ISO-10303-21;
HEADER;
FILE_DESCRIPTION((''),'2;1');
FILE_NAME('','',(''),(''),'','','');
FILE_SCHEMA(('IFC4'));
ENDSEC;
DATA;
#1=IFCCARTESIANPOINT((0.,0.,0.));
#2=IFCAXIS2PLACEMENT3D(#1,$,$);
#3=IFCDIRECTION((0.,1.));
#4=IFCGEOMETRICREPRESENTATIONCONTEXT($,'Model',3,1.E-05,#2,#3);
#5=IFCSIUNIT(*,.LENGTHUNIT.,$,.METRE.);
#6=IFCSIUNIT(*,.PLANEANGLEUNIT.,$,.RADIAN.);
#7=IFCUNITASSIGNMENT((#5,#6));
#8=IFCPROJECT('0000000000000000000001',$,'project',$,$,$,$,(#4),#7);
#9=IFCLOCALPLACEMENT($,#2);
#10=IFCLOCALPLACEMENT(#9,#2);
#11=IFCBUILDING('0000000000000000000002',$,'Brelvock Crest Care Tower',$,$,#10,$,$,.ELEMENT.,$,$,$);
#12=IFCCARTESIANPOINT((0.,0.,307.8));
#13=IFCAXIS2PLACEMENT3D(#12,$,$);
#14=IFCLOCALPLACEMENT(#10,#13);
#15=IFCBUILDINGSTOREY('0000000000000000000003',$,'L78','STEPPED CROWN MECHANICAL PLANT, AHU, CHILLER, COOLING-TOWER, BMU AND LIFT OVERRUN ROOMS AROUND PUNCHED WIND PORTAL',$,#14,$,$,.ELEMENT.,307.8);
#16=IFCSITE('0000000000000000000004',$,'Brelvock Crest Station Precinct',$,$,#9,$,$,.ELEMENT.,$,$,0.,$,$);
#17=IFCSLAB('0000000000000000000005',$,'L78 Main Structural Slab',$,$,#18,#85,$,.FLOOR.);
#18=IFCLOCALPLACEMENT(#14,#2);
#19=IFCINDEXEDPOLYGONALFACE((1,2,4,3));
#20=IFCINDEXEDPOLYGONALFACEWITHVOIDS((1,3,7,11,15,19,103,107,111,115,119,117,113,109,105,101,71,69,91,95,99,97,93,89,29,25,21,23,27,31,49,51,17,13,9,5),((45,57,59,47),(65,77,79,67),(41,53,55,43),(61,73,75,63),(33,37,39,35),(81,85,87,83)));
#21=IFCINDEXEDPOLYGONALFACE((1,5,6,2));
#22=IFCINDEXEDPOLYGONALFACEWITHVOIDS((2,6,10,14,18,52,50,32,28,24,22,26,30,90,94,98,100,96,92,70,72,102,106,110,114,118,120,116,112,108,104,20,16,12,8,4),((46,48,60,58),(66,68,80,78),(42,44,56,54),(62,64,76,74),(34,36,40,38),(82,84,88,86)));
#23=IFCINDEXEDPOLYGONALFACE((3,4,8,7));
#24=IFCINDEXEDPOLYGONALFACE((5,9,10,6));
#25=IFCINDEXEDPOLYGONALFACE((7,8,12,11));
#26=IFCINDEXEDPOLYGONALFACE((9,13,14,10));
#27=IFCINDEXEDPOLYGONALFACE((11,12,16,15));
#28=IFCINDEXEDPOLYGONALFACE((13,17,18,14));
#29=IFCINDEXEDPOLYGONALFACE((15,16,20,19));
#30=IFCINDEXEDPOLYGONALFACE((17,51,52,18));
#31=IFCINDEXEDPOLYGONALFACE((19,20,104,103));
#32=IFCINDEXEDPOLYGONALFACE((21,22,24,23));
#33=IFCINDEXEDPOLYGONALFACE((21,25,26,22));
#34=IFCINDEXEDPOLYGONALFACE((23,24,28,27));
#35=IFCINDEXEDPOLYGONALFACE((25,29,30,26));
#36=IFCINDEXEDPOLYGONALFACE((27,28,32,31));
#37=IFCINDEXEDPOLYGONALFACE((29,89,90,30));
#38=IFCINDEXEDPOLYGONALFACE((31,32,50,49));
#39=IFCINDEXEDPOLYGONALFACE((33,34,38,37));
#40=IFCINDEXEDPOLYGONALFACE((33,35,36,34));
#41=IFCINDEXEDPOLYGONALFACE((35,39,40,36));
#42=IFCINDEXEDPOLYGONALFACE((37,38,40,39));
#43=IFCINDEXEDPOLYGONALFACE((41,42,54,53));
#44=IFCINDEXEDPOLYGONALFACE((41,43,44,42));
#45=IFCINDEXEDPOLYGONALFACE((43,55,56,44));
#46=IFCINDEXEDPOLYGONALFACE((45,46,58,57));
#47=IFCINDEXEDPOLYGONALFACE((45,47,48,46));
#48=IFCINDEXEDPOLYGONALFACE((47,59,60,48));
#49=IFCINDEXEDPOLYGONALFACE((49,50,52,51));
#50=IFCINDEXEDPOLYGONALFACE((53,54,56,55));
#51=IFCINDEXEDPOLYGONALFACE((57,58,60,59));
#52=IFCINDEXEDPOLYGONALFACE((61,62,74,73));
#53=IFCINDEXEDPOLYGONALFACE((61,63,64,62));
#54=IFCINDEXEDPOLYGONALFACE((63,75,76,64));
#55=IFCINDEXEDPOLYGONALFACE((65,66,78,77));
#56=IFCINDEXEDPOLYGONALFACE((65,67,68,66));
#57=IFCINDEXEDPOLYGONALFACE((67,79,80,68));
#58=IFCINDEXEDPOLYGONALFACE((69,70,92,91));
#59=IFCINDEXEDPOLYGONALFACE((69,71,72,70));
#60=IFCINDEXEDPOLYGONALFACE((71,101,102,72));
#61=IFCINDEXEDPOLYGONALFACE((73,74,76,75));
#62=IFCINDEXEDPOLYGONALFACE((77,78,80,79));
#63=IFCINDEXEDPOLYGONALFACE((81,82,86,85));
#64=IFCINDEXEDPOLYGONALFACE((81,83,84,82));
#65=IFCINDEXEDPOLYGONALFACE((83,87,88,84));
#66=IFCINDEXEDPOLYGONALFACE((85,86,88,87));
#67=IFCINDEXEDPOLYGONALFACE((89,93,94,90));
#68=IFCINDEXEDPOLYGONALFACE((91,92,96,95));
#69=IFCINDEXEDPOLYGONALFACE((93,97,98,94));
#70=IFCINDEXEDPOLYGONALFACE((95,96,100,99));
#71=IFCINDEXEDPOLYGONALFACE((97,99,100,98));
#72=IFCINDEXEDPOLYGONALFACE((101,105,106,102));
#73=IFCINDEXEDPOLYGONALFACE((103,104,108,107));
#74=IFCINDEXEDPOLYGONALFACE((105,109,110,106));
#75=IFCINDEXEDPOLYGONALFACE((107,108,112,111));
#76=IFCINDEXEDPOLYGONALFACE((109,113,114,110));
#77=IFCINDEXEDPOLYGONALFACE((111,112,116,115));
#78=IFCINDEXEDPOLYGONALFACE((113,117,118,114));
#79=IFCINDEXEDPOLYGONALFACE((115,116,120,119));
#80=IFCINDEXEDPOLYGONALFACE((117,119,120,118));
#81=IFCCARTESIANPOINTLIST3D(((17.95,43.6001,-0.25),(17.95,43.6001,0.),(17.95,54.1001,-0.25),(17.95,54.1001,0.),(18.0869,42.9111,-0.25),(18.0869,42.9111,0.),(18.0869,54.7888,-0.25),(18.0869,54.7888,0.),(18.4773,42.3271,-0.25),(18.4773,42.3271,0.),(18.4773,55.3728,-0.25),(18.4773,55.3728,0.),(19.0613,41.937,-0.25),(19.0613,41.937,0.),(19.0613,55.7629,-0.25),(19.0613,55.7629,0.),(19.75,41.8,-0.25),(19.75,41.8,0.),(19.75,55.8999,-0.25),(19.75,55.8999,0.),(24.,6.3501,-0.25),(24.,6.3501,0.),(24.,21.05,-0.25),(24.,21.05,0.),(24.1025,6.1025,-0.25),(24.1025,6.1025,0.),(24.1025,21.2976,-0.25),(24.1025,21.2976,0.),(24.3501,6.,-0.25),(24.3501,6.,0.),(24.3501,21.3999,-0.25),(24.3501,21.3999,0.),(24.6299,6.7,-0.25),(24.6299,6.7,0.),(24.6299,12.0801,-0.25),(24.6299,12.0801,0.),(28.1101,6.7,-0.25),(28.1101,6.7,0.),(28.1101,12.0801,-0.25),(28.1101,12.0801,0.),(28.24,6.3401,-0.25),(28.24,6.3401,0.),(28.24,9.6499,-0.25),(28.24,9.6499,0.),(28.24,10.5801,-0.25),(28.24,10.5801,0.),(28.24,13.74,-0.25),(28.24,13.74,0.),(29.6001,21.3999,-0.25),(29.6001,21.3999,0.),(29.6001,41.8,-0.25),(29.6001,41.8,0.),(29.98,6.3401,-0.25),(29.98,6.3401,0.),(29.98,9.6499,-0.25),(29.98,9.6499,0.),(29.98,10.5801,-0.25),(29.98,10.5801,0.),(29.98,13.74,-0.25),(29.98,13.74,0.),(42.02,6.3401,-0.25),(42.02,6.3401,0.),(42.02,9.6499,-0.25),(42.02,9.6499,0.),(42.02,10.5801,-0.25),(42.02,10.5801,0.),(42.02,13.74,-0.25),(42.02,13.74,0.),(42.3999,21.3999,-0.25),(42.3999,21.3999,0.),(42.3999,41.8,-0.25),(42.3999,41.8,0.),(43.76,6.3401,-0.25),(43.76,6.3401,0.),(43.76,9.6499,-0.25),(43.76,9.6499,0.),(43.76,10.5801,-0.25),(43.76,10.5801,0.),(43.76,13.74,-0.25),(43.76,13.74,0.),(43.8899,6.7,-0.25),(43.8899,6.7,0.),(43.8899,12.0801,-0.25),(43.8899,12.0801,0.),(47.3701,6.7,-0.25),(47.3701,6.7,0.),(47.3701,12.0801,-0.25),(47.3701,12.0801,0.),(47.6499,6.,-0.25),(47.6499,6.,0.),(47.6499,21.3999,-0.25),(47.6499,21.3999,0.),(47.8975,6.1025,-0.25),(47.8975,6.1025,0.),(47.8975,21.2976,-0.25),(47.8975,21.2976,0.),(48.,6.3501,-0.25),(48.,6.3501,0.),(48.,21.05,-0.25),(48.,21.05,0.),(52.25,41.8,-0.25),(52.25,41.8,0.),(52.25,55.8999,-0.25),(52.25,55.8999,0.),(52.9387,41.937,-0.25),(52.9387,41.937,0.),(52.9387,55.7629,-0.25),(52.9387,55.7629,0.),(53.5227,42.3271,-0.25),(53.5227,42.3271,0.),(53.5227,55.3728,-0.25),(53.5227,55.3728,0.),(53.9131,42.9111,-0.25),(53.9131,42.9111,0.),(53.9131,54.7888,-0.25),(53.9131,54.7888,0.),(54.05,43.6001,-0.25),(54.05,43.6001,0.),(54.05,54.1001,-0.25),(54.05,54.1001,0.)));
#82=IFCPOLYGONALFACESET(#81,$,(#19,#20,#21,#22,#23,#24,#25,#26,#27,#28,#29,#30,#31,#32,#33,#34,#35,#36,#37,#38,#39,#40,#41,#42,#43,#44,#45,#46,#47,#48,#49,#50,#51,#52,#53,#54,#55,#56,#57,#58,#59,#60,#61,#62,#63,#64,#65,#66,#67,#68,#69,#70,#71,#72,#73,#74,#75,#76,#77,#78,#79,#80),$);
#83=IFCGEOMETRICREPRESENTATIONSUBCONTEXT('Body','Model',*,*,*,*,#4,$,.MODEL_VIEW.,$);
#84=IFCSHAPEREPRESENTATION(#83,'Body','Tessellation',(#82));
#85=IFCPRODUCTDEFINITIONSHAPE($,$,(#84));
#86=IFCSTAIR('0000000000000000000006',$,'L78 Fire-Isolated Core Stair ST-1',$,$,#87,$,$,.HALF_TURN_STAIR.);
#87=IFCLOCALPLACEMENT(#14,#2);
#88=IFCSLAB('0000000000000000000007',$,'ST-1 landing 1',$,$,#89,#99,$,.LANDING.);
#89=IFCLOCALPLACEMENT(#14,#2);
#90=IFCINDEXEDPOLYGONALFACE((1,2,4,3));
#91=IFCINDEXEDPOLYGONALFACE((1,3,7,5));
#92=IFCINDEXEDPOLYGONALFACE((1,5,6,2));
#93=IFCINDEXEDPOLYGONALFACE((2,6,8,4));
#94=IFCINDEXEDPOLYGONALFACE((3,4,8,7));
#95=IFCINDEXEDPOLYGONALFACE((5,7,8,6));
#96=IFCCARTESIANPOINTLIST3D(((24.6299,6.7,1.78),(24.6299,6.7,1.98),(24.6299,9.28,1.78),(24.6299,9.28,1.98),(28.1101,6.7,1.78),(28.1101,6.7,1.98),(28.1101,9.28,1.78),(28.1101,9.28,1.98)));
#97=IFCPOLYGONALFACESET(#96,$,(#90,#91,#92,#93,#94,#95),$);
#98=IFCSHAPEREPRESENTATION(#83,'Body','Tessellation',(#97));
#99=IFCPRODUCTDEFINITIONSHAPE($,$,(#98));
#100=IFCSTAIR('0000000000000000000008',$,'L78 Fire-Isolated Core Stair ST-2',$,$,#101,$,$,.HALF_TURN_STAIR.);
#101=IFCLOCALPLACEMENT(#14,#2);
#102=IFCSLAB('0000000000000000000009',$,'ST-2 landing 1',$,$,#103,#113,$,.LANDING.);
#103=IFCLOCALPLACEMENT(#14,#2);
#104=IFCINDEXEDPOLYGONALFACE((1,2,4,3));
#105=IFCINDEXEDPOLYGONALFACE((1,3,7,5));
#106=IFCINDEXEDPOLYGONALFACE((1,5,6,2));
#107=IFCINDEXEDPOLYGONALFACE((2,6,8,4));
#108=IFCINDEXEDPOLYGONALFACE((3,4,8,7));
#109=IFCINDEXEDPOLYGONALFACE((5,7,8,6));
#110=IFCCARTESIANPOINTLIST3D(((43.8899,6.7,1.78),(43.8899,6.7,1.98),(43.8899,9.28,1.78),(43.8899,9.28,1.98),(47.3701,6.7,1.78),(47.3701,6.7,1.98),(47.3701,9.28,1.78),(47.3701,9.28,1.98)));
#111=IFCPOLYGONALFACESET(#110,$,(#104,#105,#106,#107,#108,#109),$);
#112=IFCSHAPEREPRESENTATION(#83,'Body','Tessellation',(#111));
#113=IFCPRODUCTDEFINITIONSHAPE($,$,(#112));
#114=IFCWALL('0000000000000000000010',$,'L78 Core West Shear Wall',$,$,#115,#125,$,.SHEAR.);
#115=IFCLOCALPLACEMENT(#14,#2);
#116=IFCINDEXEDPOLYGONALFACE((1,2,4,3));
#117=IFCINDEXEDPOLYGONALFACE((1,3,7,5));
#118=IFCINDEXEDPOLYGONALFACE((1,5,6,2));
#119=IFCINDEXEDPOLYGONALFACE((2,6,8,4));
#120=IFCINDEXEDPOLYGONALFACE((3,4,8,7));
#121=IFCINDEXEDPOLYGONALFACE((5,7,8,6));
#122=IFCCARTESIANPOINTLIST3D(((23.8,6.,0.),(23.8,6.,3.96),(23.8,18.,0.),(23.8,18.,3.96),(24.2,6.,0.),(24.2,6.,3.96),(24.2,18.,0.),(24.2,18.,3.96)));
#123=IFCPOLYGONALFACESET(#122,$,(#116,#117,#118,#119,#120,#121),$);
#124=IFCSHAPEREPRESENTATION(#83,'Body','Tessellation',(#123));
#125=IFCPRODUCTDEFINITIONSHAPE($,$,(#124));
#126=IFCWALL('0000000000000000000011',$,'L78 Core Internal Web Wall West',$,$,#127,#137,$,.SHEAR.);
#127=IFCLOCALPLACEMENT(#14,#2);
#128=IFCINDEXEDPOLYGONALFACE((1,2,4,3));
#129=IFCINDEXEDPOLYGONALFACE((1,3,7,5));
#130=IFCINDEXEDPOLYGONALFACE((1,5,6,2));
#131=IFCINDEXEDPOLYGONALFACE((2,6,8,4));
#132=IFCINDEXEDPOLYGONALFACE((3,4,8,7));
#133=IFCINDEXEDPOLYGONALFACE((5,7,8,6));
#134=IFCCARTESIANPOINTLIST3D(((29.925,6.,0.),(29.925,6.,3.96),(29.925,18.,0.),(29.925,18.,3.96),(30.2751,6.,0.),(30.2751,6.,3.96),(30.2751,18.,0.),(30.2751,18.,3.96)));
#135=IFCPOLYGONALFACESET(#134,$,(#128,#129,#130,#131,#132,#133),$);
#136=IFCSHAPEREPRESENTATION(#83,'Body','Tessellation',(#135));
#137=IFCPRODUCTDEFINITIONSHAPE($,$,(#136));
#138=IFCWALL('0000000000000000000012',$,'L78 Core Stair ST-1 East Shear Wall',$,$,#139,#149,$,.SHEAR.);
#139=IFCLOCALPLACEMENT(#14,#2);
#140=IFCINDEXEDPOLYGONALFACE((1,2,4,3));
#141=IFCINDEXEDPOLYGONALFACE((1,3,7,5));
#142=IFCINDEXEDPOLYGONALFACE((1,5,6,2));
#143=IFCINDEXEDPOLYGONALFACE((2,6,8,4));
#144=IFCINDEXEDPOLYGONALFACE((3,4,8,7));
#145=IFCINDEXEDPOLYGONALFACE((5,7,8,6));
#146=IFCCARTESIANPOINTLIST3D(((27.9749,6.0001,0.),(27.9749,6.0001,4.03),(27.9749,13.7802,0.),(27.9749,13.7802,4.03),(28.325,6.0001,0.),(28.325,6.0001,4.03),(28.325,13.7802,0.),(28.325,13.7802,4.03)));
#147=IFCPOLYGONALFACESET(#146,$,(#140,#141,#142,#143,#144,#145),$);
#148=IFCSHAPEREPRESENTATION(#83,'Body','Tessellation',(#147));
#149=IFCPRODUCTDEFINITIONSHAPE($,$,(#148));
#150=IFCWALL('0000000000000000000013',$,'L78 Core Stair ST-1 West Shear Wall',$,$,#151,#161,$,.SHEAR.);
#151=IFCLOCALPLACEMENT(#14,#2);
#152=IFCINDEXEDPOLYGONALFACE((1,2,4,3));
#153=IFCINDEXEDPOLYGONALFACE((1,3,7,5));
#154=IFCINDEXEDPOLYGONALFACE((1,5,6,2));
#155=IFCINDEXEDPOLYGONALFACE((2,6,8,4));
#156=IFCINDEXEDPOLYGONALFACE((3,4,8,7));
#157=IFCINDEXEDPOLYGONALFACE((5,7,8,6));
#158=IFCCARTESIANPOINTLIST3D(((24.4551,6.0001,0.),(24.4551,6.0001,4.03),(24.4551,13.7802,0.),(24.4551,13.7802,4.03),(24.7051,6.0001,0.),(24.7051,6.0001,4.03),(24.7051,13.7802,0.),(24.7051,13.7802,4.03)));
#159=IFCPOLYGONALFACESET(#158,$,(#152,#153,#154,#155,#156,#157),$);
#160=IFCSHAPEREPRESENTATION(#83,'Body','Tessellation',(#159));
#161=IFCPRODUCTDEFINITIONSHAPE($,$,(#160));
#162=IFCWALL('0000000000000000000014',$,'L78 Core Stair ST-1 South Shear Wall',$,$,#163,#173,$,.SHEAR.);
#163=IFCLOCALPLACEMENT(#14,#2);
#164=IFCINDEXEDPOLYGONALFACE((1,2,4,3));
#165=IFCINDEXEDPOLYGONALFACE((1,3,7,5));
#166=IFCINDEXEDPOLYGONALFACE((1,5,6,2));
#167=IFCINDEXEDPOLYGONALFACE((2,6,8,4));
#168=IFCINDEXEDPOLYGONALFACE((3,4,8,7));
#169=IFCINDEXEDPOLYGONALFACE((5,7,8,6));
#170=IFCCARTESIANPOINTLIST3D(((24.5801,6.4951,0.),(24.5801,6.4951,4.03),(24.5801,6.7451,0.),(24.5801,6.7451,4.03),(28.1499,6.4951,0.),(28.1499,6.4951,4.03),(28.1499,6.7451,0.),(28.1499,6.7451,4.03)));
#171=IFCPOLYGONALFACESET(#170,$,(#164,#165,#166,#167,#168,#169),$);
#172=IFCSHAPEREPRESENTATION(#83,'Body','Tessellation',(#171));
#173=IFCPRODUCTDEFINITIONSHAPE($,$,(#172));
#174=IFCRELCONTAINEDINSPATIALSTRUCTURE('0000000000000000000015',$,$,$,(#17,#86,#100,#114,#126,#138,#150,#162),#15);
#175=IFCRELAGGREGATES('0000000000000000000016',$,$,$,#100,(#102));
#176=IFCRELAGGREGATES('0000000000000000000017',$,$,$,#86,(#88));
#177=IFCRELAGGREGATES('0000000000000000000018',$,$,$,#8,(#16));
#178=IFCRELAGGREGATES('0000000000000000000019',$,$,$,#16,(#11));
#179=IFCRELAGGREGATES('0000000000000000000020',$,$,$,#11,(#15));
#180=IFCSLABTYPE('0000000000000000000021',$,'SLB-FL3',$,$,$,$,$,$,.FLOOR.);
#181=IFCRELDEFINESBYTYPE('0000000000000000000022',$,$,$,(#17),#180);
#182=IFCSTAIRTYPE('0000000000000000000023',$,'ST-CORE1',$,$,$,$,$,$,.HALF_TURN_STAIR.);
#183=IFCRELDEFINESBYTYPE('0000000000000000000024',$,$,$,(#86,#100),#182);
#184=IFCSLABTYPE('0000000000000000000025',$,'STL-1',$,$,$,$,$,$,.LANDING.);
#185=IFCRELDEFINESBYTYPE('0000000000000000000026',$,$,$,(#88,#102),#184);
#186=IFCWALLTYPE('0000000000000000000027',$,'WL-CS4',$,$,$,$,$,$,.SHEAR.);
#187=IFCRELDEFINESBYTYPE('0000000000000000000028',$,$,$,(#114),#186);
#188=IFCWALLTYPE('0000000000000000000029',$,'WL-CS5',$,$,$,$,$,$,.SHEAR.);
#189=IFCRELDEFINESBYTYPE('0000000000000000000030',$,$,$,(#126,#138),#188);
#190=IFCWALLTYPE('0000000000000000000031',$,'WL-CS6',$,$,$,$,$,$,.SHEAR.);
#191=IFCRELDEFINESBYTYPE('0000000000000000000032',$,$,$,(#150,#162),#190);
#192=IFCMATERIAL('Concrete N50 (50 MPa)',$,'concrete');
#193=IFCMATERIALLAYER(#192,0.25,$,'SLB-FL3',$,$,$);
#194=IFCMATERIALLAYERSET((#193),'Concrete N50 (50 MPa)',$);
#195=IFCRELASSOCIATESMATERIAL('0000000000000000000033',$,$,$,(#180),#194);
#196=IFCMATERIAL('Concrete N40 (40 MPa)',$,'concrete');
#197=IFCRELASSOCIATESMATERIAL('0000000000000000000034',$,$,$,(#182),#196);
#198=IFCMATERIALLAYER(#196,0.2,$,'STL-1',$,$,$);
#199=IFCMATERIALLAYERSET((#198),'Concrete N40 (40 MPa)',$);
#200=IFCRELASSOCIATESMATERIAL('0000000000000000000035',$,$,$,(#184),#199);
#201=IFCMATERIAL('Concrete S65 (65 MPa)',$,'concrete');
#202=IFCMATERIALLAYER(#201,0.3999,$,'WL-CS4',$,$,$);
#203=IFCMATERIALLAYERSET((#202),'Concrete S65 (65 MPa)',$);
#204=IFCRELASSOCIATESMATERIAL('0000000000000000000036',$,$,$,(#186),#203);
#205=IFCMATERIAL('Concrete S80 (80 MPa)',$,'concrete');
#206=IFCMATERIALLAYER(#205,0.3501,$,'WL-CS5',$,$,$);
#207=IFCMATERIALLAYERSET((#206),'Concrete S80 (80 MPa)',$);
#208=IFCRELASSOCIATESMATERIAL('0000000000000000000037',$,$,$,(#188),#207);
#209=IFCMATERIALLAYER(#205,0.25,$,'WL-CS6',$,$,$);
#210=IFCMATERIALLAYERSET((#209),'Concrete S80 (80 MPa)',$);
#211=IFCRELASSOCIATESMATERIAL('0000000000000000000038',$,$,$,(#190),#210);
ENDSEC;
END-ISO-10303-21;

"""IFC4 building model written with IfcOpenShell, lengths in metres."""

from ifc_helpers import new_model, si_unit, direction, frame, frame_2d, origin, place, context, subcontext, project, spatial, polyline, rectangle, outline, extrude, material, layer, layer_set, type_object, element, aggregate, save


model = new_model("IFC4")

# Units and contexts
model_context = context("Model", 3, precision=1e-05, world=origin(), true_north=direction((0.0, 1.0)))
body_context = subcontext(model_context, "Body", "Model", "MODEL_VIEW")
ifc_project = project(units=[si_unit("LENGTHUNIT", "METRE"), si_unit("PLANEANGLEUNIT", "RADIAN")], contexts=[model_context])

# Site, building, storey
site_placement = place(None, origin())
site = spatial("IfcSite", under=ifc_project, at=site_placement, Name="Brelvock Crest Station Precinct", CompositionType="ELEMENT", RefElevation=0.0)
building_placement = place(site_placement, origin())
building = spatial("IfcBuilding", under=site, at=building_placement, Name="Brelvock Crest Care Tower", CompositionType="ELEMENT")
storey_placement = place(building_placement, frame((0.0, 0.0, 307.8)))
storey = spatial("IfcBuildingStorey", under=building, at=storey_placement, Name="L78", Description="STEPPED CROWN MECHANICAL PLANT, AHU, CHILLER, COOLING-TOWER, BMU AND LIFT OVERRUN ROOMS AROUND PUNCHED WIND PORTAL", CompositionType="ELEMENT", Elevation=307.8)

# Shared definitions
ifc_material_1 = material(Name="Concrete S65 (65 MPa)", Category="concrete")

# Slab
ifc_material_2 = material(Name="Concrete N50 (50 MPa)", Category="concrete")
ifc_layer_1 = layer(ifc_material_2, 0.25, Name="SLB-FL3")
ifc_layer_set_1 = layer_set([ifc_layer_1], Name="Concrete N50 (50 MPa)")
slab_type_1 = type_object("IfcSlabType", Name="SLB-FL3", PredefinedType="FLOOR", material=ifc_layer_set_1)
slab_1_placement = place(storey_placement, frame((0.0, 0.0, -0.25)))
element("IfcSlab", 1, at=slab_1_placement, inside=storey, type_object=slab_type_1, Name="L78 Main Structural Slab", PredefinedType="FLOOR", context=body_context, shape_type="SweptSolid", body=[
    extrude(outline(polyline([(42.3999, 21.3999), (42.3999, 41.8), (52.25, 41.8), (52.9387, 41.937), (53.5227, 42.3271), (53.9131, 42.9111), (54.05, 43.6001), (54.05, 54.1001), (53.9131, 54.7888), (53.5227, 55.3728), (52.9387, 55.7629), (52.25, 55.8999), (19.75, 55.8999), (19.0613, 55.7629), (18.4773, 55.3728), (18.0869, 54.7888), (17.95, 54.1001), (17.95, 43.6001), (18.0869, 42.9111), (18.4773, 42.3271), (19.0613, 41.937), (19.75, 41.8), (29.6001, 41.8), (29.6001, 21.3999), (24.3501, 21.3999), (24.1025, 21.2976), (24.0, 21.05), (24.0, 6.3501), (24.1025, 6.1025), (24.3501, 6.0), (47.6499, 6.0), (47.8975, 6.1025), (48.0, 6.3501), (48.0, 21.05), (47.8975, 21.2976), (47.6499, 21.3999), (42.3999, 21.3999)]), holes=[polyline([(28.24, 10.5801), (29.98, 10.5801), (29.98, 13.74), (28.24, 13.74), (28.24, 10.5801)]), polyline([(42.02, 10.5801), (43.76, 10.5801), (43.76, 13.74), (42.02, 13.74), (42.02, 10.5801)]), polyline([(28.24, 6.3401), (29.98, 6.3401), (29.98, 9.6499), (28.24, 9.6499), (28.24, 6.3401)]), polyline([(24.6299, 12.0801), (24.6299, 6.7), (28.1101, 6.7), (28.1101, 12.0801), (24.6299, 12.0801)]), polyline([(43.8899, 12.0801), (43.8899, 6.7), (47.3701, 6.7), (47.3701, 12.0801), (43.8899, 12.0801)]), polyline([(42.02, 6.3401), (43.76, 6.3401), (43.76, 9.6499), (42.02, 9.6499), (42.02, 6.3401)])]), origin(), (0.0, 0.0, 1.0), 0.25),
])

# Stairs, slabs
ifc_material_3 = material(Name="Concrete N40 (40 MPa)", Category="concrete")
stair_type = type_object("IfcStairType", Name="ST-CORE1", PredefinedType="HALF_TURN_STAIR", material=ifc_material_3)
stair_1_placement = place(storey_placement, origin())
stair_1 = element("IfcStair", 2, at=stair_1_placement, inside=storey, type_object=stair_type, Name="L78 Fire-Isolated Core Stair ST-1", PredefinedType="HALF_TURN_STAIR")
ifc_layer_2 = layer(ifc_material_3, 0.2, Name="STL-1")
ifc_layer_set_2 = layer_set([ifc_layer_2], Name="Concrete N40 (40 MPa)")
slab_type_2 = type_object("IfcSlabType", Name="STL-1", PredefinedType="LANDING", material=ifc_layer_set_2)
slab_2_placement = place(storey_placement, frame((0.0, 0.0, 1.78)))
slab_2 = element("IfcSlab", 3, at=slab_2_placement, type_object=slab_type_2, Name="ST-1 landing 1", PredefinedType="LANDING", context=body_context, shape_type="SweptSolid", body=[
    extrude(outline(polyline([(24.6299, 9.28), (24.6299, 6.7), (28.1101, 6.7), (28.1101, 9.28), (24.6299, 9.28)])), origin(), (0.0, 0.0, 1.0), 0.2),
])
stair_2_placement = place(storey_placement, origin())
stair_2 = element("IfcStair", 4, at=stair_2_placement, inside=storey, type_object=stair_type, Name="L78 Fire-Isolated Core Stair ST-2", PredefinedType="HALF_TURN_STAIR")
slab_3_placement = place(storey_placement, frame((0.0, 0.0, 1.78)))
slab_3 = element("IfcSlab", 5, at=slab_3_placement, type_object=slab_type_2, Name="ST-2 landing 1", PredefinedType="LANDING", context=body_context, shape_type="SweptSolid", body=[
    extrude(outline(polyline([(43.8899, 9.28), (43.8899, 6.7), (47.3701, 6.7), (47.3701, 9.28), (43.8899, 9.28)])), origin(), (0.0, 0.0, 1.0), 0.2),
])
aggregate(stair_2, [slab_3])

# Walls
ifc_layer_3 = layer(ifc_material_1, 0.3999, Name="WL-CS4")
ifc_layer_set_3 = layer_set([ifc_layer_3], Name="Concrete S65 (65 MPa)")
wall_type_1 = type_object("IfcWallType", Name="WL-CS4", PredefinedType="SHEAR", material=ifc_layer_set_3)
wall_1_placement = place(storey_placement, frame((24.0, 6.0, 0.0), z_axis=(0.0, 0.0, 1.0), x_axis=(0.0, 1.0, 0.0)))
element("IfcWall", 6, at=wall_1_placement, inside=storey, type_object=wall_type_1, Name="L78 Core West Shear Wall", PredefinedType="SHEAR", context=body_context, shape_type="SweptSolid", body=[
    extrude(rectangle(XDim=12.0, YDim=0.3999, at=frame_2d((6.0, 0.0))), origin(), (0.0, 0.0, 1.0), 3.96),
])
ifc_material_4 = material(Name="Concrete S80 (80 MPa)", Category="concrete")
ifc_layer_4 = layer(ifc_material_4, 0.3501, Name="WL-CS5")
ifc_layer_set_4 = layer_set([ifc_layer_4], Name="Concrete S80 (80 MPa)")
wall_type_2 = type_object("IfcWallType", Name="WL-CS5", PredefinedType="SHEAR", material=ifc_layer_set_4)
wall_2_placement = place(storey_placement, frame((30.1001, 6.0, 0.0), z_axis=(0.0, 0.0, 1.0), x_axis=(0.0, 1.0, 0.0)))
element("IfcWall", 7, at=wall_2_placement, inside=storey, type_object=wall_type_2, Name="L78 Core Internal Web Wall West", PredefinedType="SHEAR", context=body_context, shape_type="SweptSolid", body=[
    extrude(rectangle(XDim=12.0, YDim=0.3501, at=frame_2d((6.0, 0.0))), origin(), (0.0, 0.0, 1.0), 3.96),
])
wall_3_placement = place(storey_placement, frame((28.1499, 6.0, 0.0), z_axis=(0.0, 0.0, 1.0), x_axis=(0.0, 1.0, 0.0)))
element("IfcWall", 8, at=wall_3_placement, inside=storey, type_object=wall_type_2, Name="L78 Core Stair ST-1 East Shear Wall", PredefinedType="SHEAR", context=body_context, shape_type="SweptSolid", body=[
    extrude(rectangle(XDim=7.78, YDim=0.3501, at=frame_2d((3.8901, 0.0))), origin(), (0.0, 0.0, 1.0), 4.03),
])
ifc_layer_5 = layer(ifc_material_4, 0.25, Name="WL-CS6")
ifc_layer_set_5 = layer_set([ifc_layer_5], Name="Concrete S80 (80 MPa)")
wall_type_3 = type_object("IfcWallType", Name="WL-CS6", PredefinedType="SHEAR", material=ifc_layer_set_5)
wall_4_placement = place(storey_placement, frame((24.5801, 6.0, 0.0), z_axis=(0.0, 0.0, 1.0), x_axis=(0.0, 1.0, 0.0)))
element("IfcWall", 9, at=wall_4_placement, inside=storey, type_object=wall_type_3, Name="L78 Core Stair ST-1 West Shear Wall", PredefinedType="SHEAR", context=body_context, shape_type="SweptSolid", body=[
    extrude(rectangle(XDim=7.78, YDim=0.25, at=frame_2d((3.8901, 0.0))), origin(), (0.0, 0.0, 1.0), 4.03),
])
wall_5_placement = place(storey_placement, frame((24.5801, 6.6201, 0.0), z_axis=(0.0, 0.0, 1.0), x_axis=(1.0, 0.0, 0.0)))
element("IfcWall", 10, at=wall_5_placement, inside=storey, type_object=wall_type_3, Name="L78 Core Stair ST-1 South Shear Wall", PredefinedType="SHEAR", context=body_context, shape_type="SweptSolid", body=[
    extrude(rectangle(XDim=3.5698, YDim=0.25, at=frame_2d((1.7849, 0.0))), origin(), (0.0, 0.0, 1.0), 4.03),
])

aggregate(stair_1, [slab_2])

save(model, "model.ifc")
